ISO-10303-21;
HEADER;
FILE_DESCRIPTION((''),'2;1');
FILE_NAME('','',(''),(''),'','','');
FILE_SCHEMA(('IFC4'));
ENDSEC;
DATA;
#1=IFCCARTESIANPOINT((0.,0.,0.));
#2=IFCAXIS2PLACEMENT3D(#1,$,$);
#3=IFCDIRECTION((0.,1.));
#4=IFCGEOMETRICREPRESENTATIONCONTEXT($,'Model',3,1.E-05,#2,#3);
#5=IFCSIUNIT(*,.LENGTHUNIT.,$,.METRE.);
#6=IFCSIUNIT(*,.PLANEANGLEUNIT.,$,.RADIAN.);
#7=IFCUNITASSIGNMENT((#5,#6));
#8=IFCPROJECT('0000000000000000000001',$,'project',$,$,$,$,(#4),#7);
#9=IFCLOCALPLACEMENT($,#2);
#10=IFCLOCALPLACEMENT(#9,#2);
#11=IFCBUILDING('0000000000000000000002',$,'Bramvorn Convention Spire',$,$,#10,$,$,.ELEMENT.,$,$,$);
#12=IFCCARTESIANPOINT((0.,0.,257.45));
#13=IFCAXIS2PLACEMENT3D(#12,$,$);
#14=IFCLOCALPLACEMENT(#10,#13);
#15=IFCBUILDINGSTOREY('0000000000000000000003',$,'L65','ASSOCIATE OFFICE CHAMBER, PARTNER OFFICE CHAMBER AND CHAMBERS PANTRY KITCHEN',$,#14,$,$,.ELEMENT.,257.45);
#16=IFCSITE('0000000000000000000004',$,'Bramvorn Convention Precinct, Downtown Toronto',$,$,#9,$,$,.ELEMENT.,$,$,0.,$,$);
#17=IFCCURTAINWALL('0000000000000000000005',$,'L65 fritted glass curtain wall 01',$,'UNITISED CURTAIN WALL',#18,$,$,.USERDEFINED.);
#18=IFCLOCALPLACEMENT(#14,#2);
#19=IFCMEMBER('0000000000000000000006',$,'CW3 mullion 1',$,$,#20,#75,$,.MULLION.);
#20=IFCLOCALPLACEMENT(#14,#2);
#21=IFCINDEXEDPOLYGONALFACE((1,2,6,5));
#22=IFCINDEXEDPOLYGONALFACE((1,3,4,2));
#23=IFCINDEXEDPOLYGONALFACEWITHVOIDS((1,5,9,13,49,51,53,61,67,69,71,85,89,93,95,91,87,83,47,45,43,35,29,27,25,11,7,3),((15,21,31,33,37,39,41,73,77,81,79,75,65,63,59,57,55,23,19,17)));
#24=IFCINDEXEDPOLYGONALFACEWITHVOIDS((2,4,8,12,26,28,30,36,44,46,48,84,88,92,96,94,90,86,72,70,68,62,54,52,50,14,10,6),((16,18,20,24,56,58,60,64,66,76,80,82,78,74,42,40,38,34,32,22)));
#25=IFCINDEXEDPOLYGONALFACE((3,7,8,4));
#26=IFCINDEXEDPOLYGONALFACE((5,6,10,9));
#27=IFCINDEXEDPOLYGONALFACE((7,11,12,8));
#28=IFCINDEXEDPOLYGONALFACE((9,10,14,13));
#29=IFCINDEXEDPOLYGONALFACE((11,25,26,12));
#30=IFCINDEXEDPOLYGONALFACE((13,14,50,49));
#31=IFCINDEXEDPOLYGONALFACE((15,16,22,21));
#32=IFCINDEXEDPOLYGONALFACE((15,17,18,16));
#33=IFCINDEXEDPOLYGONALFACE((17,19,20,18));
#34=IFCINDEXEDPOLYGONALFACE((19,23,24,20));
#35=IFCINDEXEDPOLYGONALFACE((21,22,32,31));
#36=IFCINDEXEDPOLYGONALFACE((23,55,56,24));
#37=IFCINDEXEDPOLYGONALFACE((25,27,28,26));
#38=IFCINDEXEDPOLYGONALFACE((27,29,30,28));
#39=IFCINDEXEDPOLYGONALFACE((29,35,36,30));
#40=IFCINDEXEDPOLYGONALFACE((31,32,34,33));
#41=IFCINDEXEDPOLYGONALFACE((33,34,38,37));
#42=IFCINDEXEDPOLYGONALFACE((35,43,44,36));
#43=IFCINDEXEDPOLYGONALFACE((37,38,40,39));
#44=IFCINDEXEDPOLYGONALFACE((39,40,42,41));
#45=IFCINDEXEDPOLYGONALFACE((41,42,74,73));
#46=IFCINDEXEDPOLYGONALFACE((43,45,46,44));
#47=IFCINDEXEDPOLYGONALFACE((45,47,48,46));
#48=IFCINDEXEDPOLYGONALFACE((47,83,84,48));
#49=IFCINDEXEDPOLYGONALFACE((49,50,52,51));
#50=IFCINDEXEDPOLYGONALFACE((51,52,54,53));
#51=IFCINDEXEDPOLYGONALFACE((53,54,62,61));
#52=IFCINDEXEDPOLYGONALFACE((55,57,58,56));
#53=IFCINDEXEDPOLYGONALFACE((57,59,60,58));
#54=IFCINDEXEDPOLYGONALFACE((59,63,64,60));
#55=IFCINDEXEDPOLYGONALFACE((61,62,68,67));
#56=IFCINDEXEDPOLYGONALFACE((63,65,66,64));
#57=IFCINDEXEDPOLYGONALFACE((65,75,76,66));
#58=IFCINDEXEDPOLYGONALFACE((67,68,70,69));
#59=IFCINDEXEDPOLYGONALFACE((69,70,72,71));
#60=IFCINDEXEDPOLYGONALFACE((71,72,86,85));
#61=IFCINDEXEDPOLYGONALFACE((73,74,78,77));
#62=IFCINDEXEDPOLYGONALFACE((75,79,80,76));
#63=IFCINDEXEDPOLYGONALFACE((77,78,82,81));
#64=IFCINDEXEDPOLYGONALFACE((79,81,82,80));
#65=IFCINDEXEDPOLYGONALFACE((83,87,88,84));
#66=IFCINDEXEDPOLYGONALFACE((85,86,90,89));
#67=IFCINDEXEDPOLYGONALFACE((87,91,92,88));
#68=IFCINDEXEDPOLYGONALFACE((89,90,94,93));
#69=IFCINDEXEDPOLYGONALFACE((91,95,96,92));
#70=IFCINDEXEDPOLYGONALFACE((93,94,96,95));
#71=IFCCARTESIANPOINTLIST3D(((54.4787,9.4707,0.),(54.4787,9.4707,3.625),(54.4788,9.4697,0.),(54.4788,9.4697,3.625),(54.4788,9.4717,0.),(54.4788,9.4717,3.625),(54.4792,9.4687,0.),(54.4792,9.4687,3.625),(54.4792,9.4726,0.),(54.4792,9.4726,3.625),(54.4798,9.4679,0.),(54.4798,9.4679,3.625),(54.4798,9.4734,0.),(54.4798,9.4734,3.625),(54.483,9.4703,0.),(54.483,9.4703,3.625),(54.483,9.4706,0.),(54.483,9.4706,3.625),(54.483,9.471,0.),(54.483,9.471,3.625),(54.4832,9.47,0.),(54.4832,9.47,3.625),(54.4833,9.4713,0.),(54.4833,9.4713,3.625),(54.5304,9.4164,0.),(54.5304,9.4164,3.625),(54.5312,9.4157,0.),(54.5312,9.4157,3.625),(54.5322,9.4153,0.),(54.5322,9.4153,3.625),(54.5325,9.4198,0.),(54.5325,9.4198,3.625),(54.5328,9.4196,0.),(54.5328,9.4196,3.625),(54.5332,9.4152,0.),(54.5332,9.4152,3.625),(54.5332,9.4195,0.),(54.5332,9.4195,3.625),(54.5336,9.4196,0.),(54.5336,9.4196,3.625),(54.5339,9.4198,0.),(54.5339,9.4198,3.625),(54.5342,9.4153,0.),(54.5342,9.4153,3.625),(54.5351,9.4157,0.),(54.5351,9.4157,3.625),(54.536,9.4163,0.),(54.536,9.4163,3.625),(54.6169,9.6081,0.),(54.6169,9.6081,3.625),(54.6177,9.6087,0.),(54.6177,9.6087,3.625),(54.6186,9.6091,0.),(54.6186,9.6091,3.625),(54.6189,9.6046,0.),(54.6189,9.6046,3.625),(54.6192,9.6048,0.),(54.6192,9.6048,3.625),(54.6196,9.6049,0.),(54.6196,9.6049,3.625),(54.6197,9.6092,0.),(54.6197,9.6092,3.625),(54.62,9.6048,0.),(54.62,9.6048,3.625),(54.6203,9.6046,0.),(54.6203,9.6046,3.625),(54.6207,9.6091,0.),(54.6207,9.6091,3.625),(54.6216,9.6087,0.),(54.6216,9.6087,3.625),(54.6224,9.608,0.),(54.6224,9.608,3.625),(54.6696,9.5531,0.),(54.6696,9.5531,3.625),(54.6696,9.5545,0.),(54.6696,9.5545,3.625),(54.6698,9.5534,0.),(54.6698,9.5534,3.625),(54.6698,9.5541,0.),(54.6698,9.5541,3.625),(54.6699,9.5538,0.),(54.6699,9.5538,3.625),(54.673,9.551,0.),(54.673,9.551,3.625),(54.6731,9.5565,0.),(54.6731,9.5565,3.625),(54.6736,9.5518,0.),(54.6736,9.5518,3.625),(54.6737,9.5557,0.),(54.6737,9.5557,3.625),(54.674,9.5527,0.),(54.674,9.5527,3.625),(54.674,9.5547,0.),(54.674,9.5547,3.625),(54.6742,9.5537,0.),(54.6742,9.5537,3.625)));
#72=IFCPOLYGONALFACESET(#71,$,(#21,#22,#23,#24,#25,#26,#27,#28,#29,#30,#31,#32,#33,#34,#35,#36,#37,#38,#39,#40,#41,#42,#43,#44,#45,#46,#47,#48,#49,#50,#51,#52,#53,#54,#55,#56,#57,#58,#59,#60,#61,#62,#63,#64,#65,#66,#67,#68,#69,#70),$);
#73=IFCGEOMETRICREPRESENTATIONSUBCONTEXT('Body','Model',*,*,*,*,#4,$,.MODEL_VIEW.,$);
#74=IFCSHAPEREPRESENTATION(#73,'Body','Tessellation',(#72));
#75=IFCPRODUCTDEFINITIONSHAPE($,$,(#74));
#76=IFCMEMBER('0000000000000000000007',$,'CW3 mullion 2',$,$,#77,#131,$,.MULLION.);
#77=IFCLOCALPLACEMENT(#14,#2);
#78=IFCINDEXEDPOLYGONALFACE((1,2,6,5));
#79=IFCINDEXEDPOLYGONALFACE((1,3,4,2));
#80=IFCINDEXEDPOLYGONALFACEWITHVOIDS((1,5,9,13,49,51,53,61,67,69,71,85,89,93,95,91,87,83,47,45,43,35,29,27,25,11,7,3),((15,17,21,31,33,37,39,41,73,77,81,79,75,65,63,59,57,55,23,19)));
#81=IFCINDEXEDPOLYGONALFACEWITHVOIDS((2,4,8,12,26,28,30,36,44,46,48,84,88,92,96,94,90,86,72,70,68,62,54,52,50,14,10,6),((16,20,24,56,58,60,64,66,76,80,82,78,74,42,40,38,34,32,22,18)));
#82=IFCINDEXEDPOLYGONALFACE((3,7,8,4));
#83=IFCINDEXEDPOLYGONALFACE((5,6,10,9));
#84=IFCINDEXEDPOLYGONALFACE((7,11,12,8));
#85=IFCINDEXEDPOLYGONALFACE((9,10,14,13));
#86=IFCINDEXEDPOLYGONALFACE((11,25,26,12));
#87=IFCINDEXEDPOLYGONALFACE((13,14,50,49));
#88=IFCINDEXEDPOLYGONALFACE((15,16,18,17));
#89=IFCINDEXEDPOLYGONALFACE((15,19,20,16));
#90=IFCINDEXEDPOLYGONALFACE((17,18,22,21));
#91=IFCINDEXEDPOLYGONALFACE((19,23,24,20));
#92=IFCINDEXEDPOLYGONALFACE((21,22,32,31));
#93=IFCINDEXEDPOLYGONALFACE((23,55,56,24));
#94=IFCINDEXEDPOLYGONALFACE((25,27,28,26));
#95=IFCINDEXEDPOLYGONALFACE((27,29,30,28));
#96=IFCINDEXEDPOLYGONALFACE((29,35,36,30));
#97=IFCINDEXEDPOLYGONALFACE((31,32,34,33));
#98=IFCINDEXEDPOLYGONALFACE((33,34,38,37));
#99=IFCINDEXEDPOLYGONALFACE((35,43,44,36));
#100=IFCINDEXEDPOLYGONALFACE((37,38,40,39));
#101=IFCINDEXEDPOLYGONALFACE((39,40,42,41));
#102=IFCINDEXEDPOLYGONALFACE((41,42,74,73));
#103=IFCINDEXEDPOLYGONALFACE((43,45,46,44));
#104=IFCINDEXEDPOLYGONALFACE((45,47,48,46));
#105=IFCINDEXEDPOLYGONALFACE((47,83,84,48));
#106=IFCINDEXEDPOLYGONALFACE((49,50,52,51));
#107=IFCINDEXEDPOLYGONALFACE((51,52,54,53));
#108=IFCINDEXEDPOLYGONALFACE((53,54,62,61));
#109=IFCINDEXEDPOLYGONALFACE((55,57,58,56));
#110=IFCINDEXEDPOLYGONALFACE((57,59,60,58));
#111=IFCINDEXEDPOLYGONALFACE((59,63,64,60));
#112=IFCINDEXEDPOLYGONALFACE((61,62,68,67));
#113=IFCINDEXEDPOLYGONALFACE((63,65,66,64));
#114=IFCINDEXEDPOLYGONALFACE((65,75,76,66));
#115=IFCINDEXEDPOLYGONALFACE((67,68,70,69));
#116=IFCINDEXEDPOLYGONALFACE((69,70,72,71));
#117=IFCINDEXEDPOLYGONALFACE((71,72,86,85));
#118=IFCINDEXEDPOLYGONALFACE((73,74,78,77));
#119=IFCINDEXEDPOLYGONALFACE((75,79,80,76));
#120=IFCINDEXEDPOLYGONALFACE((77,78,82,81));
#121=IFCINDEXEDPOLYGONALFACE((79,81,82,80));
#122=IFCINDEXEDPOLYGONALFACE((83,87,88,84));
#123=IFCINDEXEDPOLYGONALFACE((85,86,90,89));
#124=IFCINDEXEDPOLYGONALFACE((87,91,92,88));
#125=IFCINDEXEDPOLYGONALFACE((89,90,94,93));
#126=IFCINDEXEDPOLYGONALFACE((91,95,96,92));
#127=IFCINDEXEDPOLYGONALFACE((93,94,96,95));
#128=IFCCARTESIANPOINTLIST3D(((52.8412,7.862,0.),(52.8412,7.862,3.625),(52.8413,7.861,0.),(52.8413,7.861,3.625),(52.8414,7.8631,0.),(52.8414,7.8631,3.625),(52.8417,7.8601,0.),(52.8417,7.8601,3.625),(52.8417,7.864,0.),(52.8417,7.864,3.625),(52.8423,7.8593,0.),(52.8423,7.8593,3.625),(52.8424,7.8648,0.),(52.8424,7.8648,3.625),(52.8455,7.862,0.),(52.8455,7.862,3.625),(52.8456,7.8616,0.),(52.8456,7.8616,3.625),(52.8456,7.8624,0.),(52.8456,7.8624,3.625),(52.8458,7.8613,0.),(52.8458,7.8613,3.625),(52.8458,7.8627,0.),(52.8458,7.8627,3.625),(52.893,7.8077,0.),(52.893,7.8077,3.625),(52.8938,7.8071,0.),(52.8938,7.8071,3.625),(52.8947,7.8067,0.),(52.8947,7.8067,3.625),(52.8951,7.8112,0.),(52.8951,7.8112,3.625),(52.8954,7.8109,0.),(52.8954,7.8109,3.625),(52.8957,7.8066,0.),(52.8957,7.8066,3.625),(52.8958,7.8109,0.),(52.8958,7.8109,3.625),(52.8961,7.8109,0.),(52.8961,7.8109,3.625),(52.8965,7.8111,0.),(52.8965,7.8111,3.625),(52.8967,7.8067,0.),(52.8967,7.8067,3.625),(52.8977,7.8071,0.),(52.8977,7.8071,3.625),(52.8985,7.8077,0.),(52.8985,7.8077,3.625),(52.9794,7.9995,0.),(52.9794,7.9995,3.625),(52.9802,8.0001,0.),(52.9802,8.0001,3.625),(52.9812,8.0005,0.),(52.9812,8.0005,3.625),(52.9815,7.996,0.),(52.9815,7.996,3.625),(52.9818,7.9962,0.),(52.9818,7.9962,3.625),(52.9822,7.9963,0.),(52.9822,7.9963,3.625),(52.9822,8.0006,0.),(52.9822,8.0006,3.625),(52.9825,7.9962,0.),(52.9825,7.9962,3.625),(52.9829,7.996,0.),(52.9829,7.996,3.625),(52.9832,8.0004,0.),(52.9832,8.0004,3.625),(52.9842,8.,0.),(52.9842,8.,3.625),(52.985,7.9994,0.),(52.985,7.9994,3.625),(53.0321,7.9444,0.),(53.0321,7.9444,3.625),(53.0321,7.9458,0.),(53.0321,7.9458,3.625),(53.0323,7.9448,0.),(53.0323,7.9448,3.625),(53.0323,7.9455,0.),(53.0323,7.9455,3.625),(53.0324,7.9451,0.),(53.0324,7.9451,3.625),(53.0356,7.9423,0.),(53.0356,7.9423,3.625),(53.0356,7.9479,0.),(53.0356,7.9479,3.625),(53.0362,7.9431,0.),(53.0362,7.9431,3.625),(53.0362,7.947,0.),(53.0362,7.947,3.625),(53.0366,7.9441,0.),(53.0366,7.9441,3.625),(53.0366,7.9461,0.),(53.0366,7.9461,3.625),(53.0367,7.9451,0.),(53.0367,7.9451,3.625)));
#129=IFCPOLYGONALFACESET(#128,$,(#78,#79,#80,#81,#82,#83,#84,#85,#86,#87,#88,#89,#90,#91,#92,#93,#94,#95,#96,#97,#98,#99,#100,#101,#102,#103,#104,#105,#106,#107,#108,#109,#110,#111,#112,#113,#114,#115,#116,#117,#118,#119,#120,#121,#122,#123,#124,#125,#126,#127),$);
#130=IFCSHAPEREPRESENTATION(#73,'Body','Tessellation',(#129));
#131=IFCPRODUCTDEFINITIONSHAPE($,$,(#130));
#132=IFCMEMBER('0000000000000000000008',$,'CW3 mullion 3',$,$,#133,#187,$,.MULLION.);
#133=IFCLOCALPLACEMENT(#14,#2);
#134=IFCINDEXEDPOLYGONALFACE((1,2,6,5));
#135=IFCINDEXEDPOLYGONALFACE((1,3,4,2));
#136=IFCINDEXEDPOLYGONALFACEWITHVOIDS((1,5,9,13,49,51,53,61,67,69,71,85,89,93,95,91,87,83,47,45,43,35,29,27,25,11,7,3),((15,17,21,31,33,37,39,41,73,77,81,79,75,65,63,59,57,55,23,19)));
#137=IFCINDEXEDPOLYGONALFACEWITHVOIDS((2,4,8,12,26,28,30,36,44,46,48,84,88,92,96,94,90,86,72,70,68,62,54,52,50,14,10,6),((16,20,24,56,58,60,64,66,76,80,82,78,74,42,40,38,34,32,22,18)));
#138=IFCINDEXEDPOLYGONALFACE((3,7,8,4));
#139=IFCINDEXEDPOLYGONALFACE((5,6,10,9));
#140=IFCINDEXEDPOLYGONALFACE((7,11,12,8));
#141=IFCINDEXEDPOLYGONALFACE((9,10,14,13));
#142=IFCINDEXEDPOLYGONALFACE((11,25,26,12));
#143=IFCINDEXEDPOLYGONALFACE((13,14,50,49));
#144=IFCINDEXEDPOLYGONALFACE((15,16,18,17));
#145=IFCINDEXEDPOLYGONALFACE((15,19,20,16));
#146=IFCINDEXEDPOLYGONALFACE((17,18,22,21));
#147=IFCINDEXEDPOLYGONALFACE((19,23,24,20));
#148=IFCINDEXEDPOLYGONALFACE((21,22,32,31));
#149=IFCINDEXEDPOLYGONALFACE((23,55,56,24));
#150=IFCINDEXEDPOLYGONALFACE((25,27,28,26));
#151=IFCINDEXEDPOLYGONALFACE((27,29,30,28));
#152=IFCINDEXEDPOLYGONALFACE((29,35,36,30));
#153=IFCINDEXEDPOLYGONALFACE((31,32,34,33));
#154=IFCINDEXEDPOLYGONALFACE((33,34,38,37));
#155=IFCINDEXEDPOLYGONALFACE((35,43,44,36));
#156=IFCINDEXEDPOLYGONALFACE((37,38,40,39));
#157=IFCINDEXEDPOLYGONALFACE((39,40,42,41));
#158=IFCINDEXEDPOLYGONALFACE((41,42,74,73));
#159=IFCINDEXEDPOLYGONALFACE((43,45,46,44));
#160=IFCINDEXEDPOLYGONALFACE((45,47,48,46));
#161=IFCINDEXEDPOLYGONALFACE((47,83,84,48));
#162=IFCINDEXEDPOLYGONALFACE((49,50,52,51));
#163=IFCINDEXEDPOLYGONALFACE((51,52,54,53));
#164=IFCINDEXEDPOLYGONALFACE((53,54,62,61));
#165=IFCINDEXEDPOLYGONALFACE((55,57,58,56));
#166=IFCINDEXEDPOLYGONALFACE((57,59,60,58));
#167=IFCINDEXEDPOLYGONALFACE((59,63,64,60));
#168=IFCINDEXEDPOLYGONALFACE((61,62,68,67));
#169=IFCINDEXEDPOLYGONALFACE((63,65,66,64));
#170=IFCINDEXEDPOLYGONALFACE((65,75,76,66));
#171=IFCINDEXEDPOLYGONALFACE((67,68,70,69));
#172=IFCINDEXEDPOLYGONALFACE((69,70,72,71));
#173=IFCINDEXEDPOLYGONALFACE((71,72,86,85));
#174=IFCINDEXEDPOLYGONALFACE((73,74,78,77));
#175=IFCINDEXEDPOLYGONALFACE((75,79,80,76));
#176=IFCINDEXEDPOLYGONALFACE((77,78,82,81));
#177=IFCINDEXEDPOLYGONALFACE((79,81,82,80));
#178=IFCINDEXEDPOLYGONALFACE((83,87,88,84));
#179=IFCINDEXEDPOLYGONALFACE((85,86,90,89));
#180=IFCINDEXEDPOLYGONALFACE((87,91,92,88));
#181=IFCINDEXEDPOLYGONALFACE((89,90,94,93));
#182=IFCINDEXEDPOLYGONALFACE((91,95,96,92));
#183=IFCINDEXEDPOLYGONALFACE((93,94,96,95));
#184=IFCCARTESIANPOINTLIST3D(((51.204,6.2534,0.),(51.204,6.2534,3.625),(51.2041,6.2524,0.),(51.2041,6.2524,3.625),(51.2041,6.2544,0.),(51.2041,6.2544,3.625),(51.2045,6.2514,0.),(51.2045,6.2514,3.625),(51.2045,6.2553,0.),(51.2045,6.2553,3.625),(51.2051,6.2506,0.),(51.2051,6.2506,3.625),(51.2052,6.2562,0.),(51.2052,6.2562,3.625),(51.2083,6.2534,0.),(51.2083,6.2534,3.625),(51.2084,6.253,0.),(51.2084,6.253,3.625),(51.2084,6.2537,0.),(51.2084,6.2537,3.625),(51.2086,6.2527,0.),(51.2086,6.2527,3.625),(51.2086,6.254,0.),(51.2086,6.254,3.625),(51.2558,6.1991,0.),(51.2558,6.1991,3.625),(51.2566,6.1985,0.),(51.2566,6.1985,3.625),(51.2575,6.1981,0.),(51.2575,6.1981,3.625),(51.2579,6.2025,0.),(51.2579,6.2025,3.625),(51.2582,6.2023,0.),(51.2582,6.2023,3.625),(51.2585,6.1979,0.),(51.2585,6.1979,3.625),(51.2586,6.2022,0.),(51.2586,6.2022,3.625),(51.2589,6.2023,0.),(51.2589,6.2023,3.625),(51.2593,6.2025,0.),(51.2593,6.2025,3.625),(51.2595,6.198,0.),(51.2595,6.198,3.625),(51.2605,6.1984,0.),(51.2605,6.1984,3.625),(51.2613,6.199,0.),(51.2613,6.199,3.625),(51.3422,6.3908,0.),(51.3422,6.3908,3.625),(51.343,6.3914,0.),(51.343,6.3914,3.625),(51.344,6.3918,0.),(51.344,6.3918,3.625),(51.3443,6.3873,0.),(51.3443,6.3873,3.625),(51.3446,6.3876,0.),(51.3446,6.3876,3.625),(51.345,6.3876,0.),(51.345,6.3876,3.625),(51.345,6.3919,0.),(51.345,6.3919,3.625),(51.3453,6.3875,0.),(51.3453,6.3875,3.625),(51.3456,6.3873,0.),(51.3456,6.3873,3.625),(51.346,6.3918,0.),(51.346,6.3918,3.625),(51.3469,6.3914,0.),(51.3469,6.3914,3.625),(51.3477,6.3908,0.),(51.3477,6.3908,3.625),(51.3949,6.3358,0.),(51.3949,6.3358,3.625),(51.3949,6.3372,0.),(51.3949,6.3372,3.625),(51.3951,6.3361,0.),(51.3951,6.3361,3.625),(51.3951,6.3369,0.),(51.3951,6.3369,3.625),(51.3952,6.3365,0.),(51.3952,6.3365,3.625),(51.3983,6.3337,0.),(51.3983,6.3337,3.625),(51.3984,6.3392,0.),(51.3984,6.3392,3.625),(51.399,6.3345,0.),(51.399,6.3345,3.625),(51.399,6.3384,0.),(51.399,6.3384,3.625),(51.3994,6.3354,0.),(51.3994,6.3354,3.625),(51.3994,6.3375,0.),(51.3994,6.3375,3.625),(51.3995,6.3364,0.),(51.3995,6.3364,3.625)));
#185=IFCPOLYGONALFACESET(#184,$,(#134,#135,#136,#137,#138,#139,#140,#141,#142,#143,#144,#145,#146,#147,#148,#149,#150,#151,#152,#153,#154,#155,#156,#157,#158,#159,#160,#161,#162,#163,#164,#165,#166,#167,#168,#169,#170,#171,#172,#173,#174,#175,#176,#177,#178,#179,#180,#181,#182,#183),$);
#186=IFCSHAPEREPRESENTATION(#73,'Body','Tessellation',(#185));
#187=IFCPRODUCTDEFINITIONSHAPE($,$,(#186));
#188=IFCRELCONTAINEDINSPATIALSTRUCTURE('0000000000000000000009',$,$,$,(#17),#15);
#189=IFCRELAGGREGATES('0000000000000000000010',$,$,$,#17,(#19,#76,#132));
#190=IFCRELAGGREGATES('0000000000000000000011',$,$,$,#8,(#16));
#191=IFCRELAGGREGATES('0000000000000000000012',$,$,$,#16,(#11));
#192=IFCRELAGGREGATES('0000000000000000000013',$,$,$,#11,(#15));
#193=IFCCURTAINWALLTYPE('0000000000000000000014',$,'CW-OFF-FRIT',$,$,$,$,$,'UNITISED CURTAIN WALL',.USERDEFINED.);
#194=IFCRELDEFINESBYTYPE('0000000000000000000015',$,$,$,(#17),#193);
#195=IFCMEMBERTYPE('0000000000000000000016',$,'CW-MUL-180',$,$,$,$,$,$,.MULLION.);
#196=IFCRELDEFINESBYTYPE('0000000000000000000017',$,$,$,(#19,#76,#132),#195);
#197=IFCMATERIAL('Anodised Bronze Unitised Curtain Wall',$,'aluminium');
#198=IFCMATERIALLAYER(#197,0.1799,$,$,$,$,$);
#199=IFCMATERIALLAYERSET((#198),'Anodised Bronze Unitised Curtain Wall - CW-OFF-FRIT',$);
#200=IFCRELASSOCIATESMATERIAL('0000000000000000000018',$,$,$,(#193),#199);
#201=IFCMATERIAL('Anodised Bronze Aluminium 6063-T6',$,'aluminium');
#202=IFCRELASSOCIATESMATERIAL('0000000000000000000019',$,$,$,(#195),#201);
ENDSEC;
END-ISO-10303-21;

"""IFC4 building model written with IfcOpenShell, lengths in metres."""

from ifc_helpers import new_model, si_unit, direction, frame, origin, origin_2d, place, context, subcontext, project, spatial, hollow_rectangle, extrude, material, layer, layer_set, material_profile, profile_set, type_object, element, aggregate, save


model = new_model("IFC4")

# Units and contexts
model_context = context("Model", 3, precision=1e-05, world=origin(), true_north=direction((0.0, 1.0)))
body_context = subcontext(model_context, "Body", "Model", "MODEL_VIEW")
ifc_project = project(units=[si_unit("LENGTHUNIT", "METRE"), si_unit("PLANEANGLEUNIT", "RADIAN")], contexts=[model_context])

# Site, building, storey
site_placement = place(None, origin())
site = spatial("IfcSite", under=ifc_project, at=site_placement, Name="Bramvorn Convention Precinct, Downtown Toronto", CompositionType="ELEMENT", RefElevation=0.0)
building_placement = place(site_placement, origin())
building = spatial("IfcBuilding", under=site, at=building_placement, Name="Bramvorn Convention Spire", CompositionType="ELEMENT")
storey_placement = place(building_placement, frame((0.0, 0.0, 257.45)))
storey = spatial("IfcBuildingStorey", under=building, at=storey_placement, Name="L65", Description="ASSOCIATE OFFICE CHAMBER, PARTNER OFFICE CHAMBER AND CHAMBERS PANTRY KITCHEN", CompositionType="ELEMENT", Elevation=257.45)

# Curtain wall, members
ifc_material_1 = material(Name="Anodised Bronze Unitised Curtain Wall", Category="aluminium")
ifc_layer_1 = layer(ifc_material_1, 0.1799)
ifc_layer_set_1 = layer_set([ifc_layer_1], Name="Anodised Bronze Unitised Curtain Wall - CW-OFF-FRIT")
curtain_wall_type = type_object("IfcCurtainWallType", Name="CW-OFF-FRIT", ElementType="UNITISED CURTAIN WALL", PredefinedType="USERDEFINED", material=ifc_layer_set_1)
curtain_wall_1_placement = place(storey_placement, origin())
curtain_wall_1 = element("IfcCurtainWall", 1, at=curtain_wall_1_placement, inside=storey, type_object=curtain_wall_type, Name="L65 fritted glass curtain wall 01", ObjectType="UNITISED CURTAIN WALL", PredefinedType="USERDEFINED")
ifc_material_2 = material(Name="Anodised Bronze Aluminium 6063-T6", Category="aluminium")
ifc_material_profile_1 = material_profile(ifc_material_2, hollow_rectangle(XDim=0.0801, YDim=0.2, WallThickness=0.0039, InnerFilletRadius=0.001, OuterFilletRadius=0.0039, at=origin_2d()))
ifc_profile_set_1 = profile_set([ifc_material_profile_1], Name="Anodised Bronze Aluminium 6063-T6 - CWM80X200")
member_type_1 = type_object("IfcMemberType", Name="CW-MUL-180", PredefinedType="MULLION", material=ifc_profile_set_1)
member_1_placement = place(storey_placement, frame((54.5764, 9.5122, 0.0), z_axis=(0.0, 0.0, 1.0), x_axis=(0.700854, -0.713304, 0.0)))
member_1 = element("IfcMember", 2, at=member_1_placement, type_object=member_type_1, Name="CW3 mullion 1", PredefinedType="MULLION", context=body_context, shape_type="SweptSolid", body=[
    extrude(hollow_rectangle(XDim=0.0801, YDim=0.2, WallThickness=0.0039, InnerFilletRadius=0.001, OuterFilletRadius=0.0039, at=origin_2d()), origin(), (0.0, 0.0, 1.0), 3.625),
])
member_2_placement = place(storey_placement, frame((52.939, 7.9036, 0.0), z_axis=(0.0, 0.0, 1.0), x_axis=(0.700854, -0.713304, 0.0)))
member_2 = element("IfcMember", 3, at=member_2_placement, type_object=member_type_1, Name="CW3 mullion 2", PredefinedType="MULLION", context=body_context, shape_type="SweptSolid", body=[
    extrude(hollow_rectangle(XDim=0.0801, YDim=0.2, WallThickness=0.0039, InnerFilletRadius=0.001, OuterFilletRadius=0.0039, at=origin_2d()), origin(), (0.0, 0.0, 1.0), 3.625),
])
member_3_placement = place(storey_placement, frame((51.3018, 6.2949, 0.0), z_axis=(0.0, 0.0, 1.0), x_axis=(0.700854, -0.713304, 0.0)))
member_3 = element("IfcMember", 4, at=member_3_placement, type_object=member_type_1, Name="CW3 mullion 3", PredefinedType="MULLION", context=body_context, shape_type="SweptSolid", body=[
    extrude(hollow_rectangle(XDim=0.0801, YDim=0.2, WallThickness=0.0039, InnerFilletRadius=0.001, OuterFilletRadius=0.0039, at=origin_2d()), origin(), (0.0, 0.0, 1.0), 3.625),
])

aggregate(curtain_wall_1, [member_1, member_2, member_3])

save(model, "model.ifc")
